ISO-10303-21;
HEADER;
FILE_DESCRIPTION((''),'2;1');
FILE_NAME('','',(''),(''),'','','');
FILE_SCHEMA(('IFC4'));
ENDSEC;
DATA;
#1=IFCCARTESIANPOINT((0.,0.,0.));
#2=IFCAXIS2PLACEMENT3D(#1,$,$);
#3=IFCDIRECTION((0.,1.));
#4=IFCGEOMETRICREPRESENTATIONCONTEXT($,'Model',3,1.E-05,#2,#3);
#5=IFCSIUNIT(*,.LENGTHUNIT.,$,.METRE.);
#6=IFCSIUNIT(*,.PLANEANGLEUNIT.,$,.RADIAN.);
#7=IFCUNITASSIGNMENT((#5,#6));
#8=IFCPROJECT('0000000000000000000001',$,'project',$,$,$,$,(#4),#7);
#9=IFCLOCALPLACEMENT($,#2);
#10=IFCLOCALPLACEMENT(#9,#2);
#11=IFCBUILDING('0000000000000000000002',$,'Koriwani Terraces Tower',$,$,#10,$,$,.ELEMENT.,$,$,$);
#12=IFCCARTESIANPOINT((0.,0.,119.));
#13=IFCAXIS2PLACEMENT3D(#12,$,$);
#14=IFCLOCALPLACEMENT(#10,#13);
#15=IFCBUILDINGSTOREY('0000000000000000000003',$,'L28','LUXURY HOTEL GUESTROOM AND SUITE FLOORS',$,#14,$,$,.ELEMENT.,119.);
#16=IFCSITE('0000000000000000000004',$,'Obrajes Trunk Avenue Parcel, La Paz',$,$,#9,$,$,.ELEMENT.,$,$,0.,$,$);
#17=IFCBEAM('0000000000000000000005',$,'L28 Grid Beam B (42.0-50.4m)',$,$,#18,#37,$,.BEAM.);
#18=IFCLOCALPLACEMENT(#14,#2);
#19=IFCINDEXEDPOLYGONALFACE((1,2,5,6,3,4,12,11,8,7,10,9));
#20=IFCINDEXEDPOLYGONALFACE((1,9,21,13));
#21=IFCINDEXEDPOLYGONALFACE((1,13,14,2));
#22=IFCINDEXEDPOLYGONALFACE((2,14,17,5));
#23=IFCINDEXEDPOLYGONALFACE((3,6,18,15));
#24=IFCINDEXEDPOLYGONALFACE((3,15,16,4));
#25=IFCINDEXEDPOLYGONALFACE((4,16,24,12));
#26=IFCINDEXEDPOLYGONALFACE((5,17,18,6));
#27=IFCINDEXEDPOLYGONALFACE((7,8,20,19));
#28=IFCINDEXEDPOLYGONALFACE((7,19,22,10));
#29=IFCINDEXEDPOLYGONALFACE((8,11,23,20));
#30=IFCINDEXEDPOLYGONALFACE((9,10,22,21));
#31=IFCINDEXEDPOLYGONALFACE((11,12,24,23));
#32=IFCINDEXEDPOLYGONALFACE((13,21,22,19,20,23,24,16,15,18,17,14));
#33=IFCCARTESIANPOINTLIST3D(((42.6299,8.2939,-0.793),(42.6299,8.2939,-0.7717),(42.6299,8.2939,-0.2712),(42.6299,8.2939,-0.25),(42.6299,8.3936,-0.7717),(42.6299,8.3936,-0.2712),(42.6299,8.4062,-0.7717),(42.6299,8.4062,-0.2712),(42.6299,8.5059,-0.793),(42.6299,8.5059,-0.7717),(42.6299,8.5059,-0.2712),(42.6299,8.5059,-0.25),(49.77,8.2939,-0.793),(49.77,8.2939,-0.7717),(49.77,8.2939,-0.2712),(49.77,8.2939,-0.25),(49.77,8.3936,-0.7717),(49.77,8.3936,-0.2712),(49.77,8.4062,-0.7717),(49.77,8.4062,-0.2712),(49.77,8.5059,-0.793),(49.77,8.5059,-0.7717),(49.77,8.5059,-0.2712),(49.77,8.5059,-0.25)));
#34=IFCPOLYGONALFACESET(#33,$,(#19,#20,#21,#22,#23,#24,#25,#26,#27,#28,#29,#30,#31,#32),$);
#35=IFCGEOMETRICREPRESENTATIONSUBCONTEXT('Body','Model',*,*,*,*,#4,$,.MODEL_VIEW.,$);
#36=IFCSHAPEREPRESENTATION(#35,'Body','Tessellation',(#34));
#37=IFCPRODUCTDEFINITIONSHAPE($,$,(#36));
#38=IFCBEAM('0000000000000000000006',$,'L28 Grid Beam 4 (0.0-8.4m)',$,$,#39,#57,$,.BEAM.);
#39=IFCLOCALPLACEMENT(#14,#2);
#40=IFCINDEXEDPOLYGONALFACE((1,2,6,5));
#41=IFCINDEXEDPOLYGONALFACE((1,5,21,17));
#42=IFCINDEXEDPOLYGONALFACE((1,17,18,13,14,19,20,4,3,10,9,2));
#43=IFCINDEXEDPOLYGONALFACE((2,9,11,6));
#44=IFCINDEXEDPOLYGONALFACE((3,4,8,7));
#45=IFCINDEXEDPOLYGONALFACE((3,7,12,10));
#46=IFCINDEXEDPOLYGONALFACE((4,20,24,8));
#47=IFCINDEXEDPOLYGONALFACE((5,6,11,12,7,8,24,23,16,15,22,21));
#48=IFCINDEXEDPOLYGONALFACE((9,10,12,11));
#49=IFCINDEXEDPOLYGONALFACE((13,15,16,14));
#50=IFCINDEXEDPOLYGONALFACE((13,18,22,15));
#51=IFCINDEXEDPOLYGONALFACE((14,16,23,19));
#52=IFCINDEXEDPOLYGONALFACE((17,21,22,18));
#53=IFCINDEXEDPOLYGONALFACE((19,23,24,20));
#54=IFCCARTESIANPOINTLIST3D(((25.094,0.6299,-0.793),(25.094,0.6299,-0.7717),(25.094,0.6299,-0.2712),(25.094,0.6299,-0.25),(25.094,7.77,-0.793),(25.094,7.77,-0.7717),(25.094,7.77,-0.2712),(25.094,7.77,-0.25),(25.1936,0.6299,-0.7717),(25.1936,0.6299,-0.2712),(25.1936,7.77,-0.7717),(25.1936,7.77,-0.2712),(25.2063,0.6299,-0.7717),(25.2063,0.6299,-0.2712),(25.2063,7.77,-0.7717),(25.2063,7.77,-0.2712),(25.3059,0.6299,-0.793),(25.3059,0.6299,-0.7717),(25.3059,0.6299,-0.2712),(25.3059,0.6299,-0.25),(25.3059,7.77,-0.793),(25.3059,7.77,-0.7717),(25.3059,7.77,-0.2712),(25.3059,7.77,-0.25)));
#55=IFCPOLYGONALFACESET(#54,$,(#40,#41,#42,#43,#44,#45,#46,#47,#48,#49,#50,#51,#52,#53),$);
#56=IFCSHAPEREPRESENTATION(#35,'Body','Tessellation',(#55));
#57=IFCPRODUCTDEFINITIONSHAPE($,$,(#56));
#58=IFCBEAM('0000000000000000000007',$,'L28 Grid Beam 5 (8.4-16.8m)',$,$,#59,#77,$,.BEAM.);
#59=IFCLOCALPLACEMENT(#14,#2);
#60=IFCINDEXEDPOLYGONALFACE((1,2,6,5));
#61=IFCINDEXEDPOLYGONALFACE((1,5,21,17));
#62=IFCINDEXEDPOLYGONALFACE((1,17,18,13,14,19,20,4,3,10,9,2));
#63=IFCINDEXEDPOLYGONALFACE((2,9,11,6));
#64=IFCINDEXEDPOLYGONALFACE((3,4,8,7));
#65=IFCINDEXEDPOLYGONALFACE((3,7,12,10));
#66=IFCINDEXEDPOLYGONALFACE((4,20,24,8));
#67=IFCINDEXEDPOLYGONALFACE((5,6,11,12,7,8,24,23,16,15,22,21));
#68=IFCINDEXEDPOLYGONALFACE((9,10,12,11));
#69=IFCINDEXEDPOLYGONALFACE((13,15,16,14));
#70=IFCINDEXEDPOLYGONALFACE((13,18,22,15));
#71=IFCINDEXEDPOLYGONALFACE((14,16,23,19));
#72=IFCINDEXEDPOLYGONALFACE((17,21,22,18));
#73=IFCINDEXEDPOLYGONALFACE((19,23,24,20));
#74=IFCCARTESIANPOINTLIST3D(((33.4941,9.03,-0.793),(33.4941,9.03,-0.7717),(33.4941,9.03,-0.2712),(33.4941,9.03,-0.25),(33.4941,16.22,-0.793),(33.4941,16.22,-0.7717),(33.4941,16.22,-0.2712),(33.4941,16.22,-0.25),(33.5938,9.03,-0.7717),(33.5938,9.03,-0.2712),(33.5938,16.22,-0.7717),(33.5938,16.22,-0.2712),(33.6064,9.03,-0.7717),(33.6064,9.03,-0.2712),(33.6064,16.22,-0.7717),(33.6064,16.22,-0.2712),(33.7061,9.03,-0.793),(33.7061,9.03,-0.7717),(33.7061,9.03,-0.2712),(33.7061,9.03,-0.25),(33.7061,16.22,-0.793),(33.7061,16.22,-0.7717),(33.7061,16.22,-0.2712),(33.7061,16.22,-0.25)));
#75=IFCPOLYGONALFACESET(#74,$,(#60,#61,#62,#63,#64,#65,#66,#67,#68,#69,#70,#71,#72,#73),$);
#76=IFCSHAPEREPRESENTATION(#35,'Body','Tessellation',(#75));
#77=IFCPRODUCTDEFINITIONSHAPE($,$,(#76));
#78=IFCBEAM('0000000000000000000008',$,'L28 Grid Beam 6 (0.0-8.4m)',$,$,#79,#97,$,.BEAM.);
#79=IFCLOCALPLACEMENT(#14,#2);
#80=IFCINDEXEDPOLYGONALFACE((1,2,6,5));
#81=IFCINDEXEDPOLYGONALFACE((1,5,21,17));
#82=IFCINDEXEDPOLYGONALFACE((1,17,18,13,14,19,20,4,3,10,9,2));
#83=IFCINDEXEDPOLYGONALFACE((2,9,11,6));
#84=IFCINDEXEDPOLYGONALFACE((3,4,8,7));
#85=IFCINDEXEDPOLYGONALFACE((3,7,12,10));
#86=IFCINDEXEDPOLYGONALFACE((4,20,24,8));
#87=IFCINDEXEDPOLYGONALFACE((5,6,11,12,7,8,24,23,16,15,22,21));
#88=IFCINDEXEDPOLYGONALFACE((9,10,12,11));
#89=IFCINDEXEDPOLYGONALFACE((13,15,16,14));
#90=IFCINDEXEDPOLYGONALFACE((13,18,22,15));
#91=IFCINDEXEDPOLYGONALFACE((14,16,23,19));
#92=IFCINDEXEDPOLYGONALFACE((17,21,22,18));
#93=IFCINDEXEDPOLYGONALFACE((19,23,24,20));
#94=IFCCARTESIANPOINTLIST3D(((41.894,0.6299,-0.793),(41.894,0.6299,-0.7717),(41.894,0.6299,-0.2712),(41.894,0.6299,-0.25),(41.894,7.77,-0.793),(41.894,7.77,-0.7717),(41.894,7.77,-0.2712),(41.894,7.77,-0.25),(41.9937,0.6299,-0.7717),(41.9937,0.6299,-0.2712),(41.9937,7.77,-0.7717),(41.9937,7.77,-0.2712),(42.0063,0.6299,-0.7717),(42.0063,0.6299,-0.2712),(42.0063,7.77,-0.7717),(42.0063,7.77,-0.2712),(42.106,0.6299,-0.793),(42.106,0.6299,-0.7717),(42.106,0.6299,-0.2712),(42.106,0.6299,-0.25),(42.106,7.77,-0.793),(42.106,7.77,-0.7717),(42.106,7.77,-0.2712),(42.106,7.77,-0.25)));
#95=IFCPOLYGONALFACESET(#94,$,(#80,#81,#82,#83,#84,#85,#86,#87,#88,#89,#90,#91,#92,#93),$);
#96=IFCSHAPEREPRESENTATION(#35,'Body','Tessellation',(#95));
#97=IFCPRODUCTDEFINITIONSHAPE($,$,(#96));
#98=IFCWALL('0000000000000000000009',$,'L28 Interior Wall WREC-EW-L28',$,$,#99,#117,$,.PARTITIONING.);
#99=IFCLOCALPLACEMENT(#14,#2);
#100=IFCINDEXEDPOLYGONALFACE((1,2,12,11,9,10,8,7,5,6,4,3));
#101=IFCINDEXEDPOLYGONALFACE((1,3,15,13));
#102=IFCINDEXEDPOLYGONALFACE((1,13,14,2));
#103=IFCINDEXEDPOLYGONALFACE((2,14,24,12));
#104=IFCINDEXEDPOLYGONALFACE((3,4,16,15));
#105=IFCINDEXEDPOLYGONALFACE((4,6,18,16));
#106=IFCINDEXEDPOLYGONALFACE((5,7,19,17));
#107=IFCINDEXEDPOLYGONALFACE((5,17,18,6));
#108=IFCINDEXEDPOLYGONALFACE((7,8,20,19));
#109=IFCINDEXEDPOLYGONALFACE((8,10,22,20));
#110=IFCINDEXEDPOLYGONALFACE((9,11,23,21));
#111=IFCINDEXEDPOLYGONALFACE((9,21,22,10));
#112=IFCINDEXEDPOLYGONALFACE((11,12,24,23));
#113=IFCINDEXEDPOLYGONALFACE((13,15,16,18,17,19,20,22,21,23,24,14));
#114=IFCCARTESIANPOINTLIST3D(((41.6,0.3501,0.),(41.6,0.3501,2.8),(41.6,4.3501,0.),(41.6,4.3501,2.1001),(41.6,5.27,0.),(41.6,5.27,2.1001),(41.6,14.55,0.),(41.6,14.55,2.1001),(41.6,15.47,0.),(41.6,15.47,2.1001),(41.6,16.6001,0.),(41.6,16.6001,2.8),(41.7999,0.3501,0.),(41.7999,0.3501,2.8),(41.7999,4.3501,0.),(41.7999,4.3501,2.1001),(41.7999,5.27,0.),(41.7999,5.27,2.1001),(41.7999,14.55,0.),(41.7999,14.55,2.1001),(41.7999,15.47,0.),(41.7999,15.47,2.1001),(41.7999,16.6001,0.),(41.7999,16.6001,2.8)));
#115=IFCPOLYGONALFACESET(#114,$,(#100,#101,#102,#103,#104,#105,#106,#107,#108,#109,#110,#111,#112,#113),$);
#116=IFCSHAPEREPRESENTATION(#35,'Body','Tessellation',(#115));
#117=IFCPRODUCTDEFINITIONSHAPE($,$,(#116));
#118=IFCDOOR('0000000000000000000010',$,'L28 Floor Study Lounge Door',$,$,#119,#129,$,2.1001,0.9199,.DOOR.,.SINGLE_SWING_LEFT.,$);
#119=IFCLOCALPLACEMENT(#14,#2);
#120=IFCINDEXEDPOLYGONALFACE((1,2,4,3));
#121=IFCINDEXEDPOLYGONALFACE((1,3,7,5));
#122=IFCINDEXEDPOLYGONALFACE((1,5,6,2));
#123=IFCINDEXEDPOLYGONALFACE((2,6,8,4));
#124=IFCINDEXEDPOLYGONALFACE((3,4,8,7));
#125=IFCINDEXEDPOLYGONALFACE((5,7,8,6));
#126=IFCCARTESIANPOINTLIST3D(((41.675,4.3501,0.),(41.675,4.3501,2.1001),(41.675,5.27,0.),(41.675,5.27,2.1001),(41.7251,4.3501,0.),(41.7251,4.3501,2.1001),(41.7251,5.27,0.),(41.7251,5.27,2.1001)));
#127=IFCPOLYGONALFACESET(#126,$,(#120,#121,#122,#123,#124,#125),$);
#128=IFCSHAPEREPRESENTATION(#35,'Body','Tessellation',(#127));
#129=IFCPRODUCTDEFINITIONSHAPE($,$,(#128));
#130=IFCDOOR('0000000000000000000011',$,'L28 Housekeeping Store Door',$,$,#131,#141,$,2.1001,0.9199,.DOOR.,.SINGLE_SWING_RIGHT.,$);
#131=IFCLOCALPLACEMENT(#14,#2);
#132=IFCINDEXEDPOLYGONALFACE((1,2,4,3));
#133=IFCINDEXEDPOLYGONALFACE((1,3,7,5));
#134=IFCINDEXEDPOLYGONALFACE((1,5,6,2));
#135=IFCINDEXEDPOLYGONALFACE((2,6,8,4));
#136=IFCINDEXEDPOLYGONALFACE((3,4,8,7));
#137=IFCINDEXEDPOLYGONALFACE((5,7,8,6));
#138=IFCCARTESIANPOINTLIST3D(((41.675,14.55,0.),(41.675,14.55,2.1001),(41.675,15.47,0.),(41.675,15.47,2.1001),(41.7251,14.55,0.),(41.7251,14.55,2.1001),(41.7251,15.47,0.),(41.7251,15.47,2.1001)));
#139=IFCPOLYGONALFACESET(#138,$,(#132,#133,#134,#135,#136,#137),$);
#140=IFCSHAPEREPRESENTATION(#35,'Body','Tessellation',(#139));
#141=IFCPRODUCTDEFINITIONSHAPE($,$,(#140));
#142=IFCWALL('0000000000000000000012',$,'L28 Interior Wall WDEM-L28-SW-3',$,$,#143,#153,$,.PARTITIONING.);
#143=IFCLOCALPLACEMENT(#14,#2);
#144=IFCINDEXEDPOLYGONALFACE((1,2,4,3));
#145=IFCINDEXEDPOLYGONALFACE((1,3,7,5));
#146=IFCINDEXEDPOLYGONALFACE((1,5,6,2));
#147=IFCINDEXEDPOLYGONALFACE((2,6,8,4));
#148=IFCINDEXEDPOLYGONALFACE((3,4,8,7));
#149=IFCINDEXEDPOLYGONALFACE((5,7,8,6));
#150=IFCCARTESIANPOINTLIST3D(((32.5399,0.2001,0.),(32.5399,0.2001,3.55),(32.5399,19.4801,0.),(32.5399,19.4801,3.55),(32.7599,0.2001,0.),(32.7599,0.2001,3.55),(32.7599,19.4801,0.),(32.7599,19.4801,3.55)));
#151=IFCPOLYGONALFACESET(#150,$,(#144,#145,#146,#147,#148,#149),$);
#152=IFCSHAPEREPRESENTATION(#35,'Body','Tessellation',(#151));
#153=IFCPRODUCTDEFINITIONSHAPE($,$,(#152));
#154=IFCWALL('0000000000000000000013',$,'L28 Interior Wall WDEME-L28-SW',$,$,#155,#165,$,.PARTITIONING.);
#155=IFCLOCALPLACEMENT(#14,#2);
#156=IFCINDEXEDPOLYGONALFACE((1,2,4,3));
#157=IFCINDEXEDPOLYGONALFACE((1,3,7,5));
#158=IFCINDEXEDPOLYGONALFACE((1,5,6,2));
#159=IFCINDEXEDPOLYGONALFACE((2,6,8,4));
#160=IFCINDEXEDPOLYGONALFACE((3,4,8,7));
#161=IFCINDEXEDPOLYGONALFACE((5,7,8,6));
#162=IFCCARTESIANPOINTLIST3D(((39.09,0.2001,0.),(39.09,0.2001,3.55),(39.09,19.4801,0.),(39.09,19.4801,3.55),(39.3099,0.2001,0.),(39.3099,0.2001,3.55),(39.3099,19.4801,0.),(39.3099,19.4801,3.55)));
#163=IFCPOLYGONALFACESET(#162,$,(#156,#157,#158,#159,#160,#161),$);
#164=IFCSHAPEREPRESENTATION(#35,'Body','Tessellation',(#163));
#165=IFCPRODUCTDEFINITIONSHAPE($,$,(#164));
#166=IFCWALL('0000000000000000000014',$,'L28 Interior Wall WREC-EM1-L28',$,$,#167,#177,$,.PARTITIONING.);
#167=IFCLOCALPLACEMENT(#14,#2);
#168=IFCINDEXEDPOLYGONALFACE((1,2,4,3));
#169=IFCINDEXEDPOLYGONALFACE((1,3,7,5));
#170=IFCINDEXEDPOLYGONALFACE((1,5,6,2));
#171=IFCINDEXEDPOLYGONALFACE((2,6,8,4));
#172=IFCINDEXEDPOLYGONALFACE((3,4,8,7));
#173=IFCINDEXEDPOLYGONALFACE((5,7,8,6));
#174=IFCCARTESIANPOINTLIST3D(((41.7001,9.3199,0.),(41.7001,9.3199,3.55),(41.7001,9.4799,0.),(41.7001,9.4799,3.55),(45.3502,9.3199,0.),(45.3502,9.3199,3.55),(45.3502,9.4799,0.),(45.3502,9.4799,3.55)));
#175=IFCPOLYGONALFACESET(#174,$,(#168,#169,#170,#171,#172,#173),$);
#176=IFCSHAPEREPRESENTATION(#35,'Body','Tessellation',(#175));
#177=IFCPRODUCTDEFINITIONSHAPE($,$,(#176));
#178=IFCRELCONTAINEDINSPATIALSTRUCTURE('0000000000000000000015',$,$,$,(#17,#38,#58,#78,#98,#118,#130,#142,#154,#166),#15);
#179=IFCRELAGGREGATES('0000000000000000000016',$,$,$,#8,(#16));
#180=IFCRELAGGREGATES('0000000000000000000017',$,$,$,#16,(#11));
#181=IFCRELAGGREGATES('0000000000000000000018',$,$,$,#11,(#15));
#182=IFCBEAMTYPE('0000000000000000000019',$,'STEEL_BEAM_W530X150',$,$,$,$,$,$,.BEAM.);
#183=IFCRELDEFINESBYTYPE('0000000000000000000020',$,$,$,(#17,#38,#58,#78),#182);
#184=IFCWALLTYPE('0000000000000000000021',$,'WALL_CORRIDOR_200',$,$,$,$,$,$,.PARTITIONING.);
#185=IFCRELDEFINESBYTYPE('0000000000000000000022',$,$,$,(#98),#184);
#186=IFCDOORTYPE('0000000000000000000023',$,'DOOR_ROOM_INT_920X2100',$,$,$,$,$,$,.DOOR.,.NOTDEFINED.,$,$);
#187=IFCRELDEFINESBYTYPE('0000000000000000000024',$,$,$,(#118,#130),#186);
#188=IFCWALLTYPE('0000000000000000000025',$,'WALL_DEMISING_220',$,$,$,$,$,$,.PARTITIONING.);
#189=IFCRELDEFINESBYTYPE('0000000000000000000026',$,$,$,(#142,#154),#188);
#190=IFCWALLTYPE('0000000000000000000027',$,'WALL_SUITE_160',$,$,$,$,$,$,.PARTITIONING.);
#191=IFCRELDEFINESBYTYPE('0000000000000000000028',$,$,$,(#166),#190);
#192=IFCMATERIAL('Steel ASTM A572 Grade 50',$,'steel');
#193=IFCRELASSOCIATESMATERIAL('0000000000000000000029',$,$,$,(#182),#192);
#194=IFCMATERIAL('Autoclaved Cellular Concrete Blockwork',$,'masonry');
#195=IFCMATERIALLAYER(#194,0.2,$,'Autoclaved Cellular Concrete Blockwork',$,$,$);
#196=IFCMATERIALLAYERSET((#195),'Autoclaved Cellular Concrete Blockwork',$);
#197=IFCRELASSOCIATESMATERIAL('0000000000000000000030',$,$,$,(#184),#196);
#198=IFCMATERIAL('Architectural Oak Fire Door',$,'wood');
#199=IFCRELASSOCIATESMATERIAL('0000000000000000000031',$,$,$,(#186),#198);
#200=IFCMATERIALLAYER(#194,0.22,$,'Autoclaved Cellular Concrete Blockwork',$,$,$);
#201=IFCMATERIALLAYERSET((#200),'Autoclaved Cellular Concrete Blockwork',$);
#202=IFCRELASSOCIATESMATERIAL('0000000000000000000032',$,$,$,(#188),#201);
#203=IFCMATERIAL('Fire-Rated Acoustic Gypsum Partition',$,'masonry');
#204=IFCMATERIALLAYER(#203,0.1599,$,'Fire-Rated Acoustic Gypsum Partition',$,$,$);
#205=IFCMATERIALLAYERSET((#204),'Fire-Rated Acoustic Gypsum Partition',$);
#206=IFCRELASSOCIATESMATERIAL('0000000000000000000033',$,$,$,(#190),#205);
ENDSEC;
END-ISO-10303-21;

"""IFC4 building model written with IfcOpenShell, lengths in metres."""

from ifc_helpers import new_model, si_unit, direction, frame, frame_2d, origin, origin_2d, place, context, subcontext, project, spatial, rectangle, i_section, extrude, material, layer, layer_set, material_profile, profile_set, type_object, element, fill, save


model = new_model("IFC4")

# Units and contexts
model_context = context("Model", 3, precision=1e-05, world=origin(), true_north=direction((0.0, 1.0)))
body_context = subcontext(model_context, "Body", "Model", "MODEL_VIEW")
ifc_project = project(units=[si_unit("LENGTHUNIT", "METRE"), si_unit("PLANEANGLEUNIT", "RADIAN")], contexts=[model_context])

# Site, building, storey
site_placement = place(None, origin())
site = spatial("IfcSite", under=ifc_project, at=site_placement, Name="Obrajes Trunk Avenue Parcel, La Paz", CompositionType="ELEMENT", RefElevation=0.0)
building_placement = place(site_placement, origin())
building = spatial("IfcBuilding", under=site, at=building_placement, Name="Koriwani Terraces Tower", CompositionType="ELEMENT")
storey_placement = place(building_placement, frame((0.0, 0.0, 119.0)))
storey = spatial("IfcBuildingStorey", under=building, at=storey_placement, Name="L28", Description="LUXURY HOTEL GUESTROOM AND SUITE FLOORS", CompositionType="ELEMENT", Elevation=119.0)

# Beams
ifc_material_1 = material(Name="Steel ASTM A572 Grade 50", Category="steel")
ifc_material_profile_1 = material_profile(ifc_material_1, i_section(OverallWidth=0.2119, OverallDepth=0.543, WebThickness=0.0127, FlangeThickness=0.0212, at=origin_2d()), Name="Steel ASTM A572 Grade 50", Category="LoadBearing")
ifc_profile_set_1 = profile_set([ifc_material_profile_1], Name="Steel ASTM A572 Grade 50")
beam_type_1 = type_object("IfcBeamType", Name="STEEL_BEAM_W530X150", PredefinedType="BEAM", material=ifc_profile_set_1)
for number, where, z_axis, x_axis, name in (
    (1, (42.6299, 8.3999, -0.5215), (1.0, 0.0, 0.0), (0.0, 1.0, 0.0), "L28 Grid Beam B (42.0-50.4m)"),
    (2, (25.2, 0.6299, -0.5215), (0.0, 1.0, 0.0), (-1.0, 0.0, 0.0), "L28 Grid Beam 4 (0.0-8.4m)"),
):
    element("IfcBeam", number, at=place(storey_placement, frame(where, z_axis=z_axis, x_axis=x_axis)), inside=storey, type_object=beam_type_1, Name=name, PredefinedType="BEAM", context=body_context, shape_type="SweptSolid", body=[
        extrude(i_section(OverallWidth=0.2119, OverallDepth=0.543, WebThickness=0.0127, FlangeThickness=0.0212, at=origin_2d()), origin(), (0.0, 0.0, 1.0), 7.1401),
    ])
beam_1_placement = place(storey_placement, frame((33.6001, 9.03, -0.5215), z_axis=(0.0, 1.0, 0.0), x_axis=(-1.0, 0.0, 0.0)))
element("IfcBeam", 3, at=beam_1_placement, inside=storey, type_object=beam_type_1, Name="L28 Grid Beam 5 (8.4-16.8m)", PredefinedType="BEAM", context=body_context, shape_type="SweptSolid", body=[
    extrude(i_section(OverallWidth=0.2119, OverallDepth=0.543, WebThickness=0.0127, FlangeThickness=0.0212, at=origin_2d()), origin(), (0.0, 0.0, 1.0), 7.1899),
])
beam_2_placement = place(storey_placement, frame((42.0, 0.6299, -0.5215), z_axis=(0.0, 1.0, 0.0), x_axis=(-1.0, 0.0, 0.0)))
element("IfcBeam", 4, at=beam_2_placement, inside=storey, type_object=beam_type_1, Name="L28 Grid Beam 6 (0.0-8.4m)", PredefinedType="BEAM", context=body_context, shape_type="SweptSolid", body=[
    extrude(i_section(OverallWidth=0.2119, OverallDepth=0.543, WebThickness=0.0127, FlangeThickness=0.0212, at=origin_2d()), origin(), (0.0, 0.0, 1.0), 7.1401),
])

# Wall, openings, doors
ifc_material_2 = material(Name="Autoclaved Cellular Concrete Blockwork", Category="masonry")
ifc_layer_1 = layer(ifc_material_2, 0.2, Name="Autoclaved Cellular Concrete Blockwork")
ifc_layer_set_1 = layer_set([ifc_layer_1], Name="Autoclaved Cellular Concrete Blockwork")
wall_type_1 = type_object("IfcWallType", Name="WALL_CORRIDOR_200", PredefinedType="PARTITIONING", material=ifc_layer_set_1)
wall_1_placement = place(storey_placement, frame((41.7, 0.3501, 0.0), z_axis=(0.0, 0.0, 1.0), x_axis=(0.0, 1.0, 0.0)))
wall_1 = element("IfcWall", 5, at=wall_1_placement, inside=storey, type_object=wall_type_1, Name="L28 Interior Wall WREC-EW-L28", PredefinedType="PARTITIONING", context=body_context, shape_type="SweptSolid", body=[
    extrude(rectangle(XDim=16.25, YDim=0.2, at=frame_2d((8.125, 0.0))), origin(), (0.0, 0.0, 1.0), 2.8),
])
opening_1_placement = place(wall_1_placement, frame((4.0, 0.0, 0.0)))
opening_1 = element("IfcOpeningElement", 6, at=opening_1_placement, cuts=wall_1, PredefinedType="OPENING", context=body_context, shape_type="SweptSolid", body=[
    extrude(rectangle(XDim=0.9199, YDim=2.1001, at=frame_2d((0.46, 1.05))), frame((0.0, 0.1099, 0.0), z_axis=(0.0, -1.0, 0.0), x_axis=(1.0, 0.0, 0.0)), (0.0, 0.0, 1.0), 0.22),
])
opening_2_placement = place(wall_1_placement, frame((14.2, 0.0, 0.0)))
opening_2 = element("IfcOpeningElement", 7, at=opening_2_placement, cuts=wall_1, PredefinedType="OPENING", context=body_context, shape_type="SweptSolid", body=[
    extrude(rectangle(XDim=0.9199, YDim=2.1001, at=frame_2d((0.46, 1.05))), frame((0.0, 0.1099, 0.0), z_axis=(0.0, -1.0, 0.0), x_axis=(1.0, 0.0, 0.0)), (0.0, 0.0, 1.0), 0.22),
])
ifc_material_3 = material(Name="Architectural Oak Fire Door", Category="wood")
door_type_1 = type_object("IfcDoorType", Name="DOOR_ROOM_INT_920X2100", OperationType="NOTDEFINED", PredefinedType="DOOR", material=ifc_material_3)
door_1_placement = place(opening_1_placement, origin())
door_1 = element("IfcDoor", 8, at=door_1_placement, inside=storey, type_object=door_type_1, Name="L28 Floor Study Lounge Door", OperationType="SINGLE_SWING_LEFT", OverallHeight=2.1001, OverallWidth=0.9199, PredefinedType="DOOR", context=body_context, shape_type="SweptSolid", body=[
    extrude(rectangle(XDim=0.9199, YDim=2.1001, at=frame_2d((0.46, 1.05))), frame((0.0, 0.0249, 0.0), z_axis=(0.0, -1.0, 0.0), x_axis=(1.0, 0.0, 0.0)), (0.0, 0.0, 1.0), 0.05),
])
fill(opening_1, door_1)
door_2_placement = place(opening_2_placement, origin())
door_2 = element("IfcDoor", 9, at=door_2_placement, inside=storey, type_object=door_type_1, Name="L28 Housekeeping Store Door", OperationType="SINGLE_SWING_RIGHT", OverallHeight=2.1001, OverallWidth=0.9199, PredefinedType="DOOR", context=body_context, shape_type="SweptSolid", body=[
    extrude(rectangle(XDim=0.9199, YDim=2.1001, at=frame_2d((0.46, 1.05))), frame((0.0, 0.0249, 0.0), z_axis=(0.0, -1.0, 0.0), x_axis=(1.0, 0.0, 0.0)), (0.0, 0.0, 1.0), 0.05),
])
fill(opening_2, door_2)

# Walls
ifc_layer_2 = layer(ifc_material_2, 0.22, Name="Autoclaved Cellular Concrete Blockwork")
ifc_layer_set_2 = layer_set([ifc_layer_2], Name="Autoclaved Cellular Concrete Blockwork")
wall_type_2 = type_object("IfcWallType", Name="WALL_DEMISING_220", PredefinedType="PARTITIONING", material=ifc_layer_set_2)
for number, where, z_axis, x_axis, name in (
    (10, (32.6499, 0.2, 0.0), (0.0, 0.0, 1.0), (0.0, 1.0, 0.0), "L28 Interior Wall WDEM-L28-SW-3"),
    (11, (39.2, 0.2, 0.0), (0.0, 0.0, 1.0), (0.0, 1.0, 0.0), "L28 Interior Wall WDEME-L28-SW"),
):
    element("IfcWall", number, at=place(storey_placement, frame(where, z_axis=z_axis, x_axis=x_axis)), inside=storey, type_object=wall_type_2, Name=name, PredefinedType="PARTITIONING", context=body_context, shape_type="SweptSolid", body=[
        extrude(rectangle(XDim=19.28, YDim=0.22, at=frame_2d((9.6401, 0.0))), origin(), (0.0, 0.0, 1.0), 3.55),
    ])
ifc_material_4 = material(Name="Fire-Rated Acoustic Gypsum Partition", Category="masonry")
ifc_layer_3 = layer(ifc_material_4, 0.1599, Name="Fire-Rated Acoustic Gypsum Partition")
ifc_layer_set_3 = layer_set([ifc_layer_3], Name="Fire-Rated Acoustic Gypsum Partition")
wall_type_3 = type_object("IfcWallType", Name="WALL_SUITE_160", PredefinedType="PARTITIONING", material=ifc_layer_set_3)
wall_2_placement = place(storey_placement, frame((41.7, 9.3999, 0.0), z_axis=(0.0, 0.0, 1.0), x_axis=(1.0, 0.0, 0.0)))
element("IfcWall", 12, at=wall_2_placement, inside=storey, type_object=wall_type_3, Name="L28 Interior Wall WREC-EM1-L28", PredefinedType="PARTITIONING", context=body_context, shape_type="SweptSolid", body=[
    extrude(rectangle(XDim=3.6501, YDim=0.1599, at=frame_2d((1.8252, 0.0))), origin(), (0.0, 0.0, 1.0), 3.55),
])

save(model, "model.ifc")
